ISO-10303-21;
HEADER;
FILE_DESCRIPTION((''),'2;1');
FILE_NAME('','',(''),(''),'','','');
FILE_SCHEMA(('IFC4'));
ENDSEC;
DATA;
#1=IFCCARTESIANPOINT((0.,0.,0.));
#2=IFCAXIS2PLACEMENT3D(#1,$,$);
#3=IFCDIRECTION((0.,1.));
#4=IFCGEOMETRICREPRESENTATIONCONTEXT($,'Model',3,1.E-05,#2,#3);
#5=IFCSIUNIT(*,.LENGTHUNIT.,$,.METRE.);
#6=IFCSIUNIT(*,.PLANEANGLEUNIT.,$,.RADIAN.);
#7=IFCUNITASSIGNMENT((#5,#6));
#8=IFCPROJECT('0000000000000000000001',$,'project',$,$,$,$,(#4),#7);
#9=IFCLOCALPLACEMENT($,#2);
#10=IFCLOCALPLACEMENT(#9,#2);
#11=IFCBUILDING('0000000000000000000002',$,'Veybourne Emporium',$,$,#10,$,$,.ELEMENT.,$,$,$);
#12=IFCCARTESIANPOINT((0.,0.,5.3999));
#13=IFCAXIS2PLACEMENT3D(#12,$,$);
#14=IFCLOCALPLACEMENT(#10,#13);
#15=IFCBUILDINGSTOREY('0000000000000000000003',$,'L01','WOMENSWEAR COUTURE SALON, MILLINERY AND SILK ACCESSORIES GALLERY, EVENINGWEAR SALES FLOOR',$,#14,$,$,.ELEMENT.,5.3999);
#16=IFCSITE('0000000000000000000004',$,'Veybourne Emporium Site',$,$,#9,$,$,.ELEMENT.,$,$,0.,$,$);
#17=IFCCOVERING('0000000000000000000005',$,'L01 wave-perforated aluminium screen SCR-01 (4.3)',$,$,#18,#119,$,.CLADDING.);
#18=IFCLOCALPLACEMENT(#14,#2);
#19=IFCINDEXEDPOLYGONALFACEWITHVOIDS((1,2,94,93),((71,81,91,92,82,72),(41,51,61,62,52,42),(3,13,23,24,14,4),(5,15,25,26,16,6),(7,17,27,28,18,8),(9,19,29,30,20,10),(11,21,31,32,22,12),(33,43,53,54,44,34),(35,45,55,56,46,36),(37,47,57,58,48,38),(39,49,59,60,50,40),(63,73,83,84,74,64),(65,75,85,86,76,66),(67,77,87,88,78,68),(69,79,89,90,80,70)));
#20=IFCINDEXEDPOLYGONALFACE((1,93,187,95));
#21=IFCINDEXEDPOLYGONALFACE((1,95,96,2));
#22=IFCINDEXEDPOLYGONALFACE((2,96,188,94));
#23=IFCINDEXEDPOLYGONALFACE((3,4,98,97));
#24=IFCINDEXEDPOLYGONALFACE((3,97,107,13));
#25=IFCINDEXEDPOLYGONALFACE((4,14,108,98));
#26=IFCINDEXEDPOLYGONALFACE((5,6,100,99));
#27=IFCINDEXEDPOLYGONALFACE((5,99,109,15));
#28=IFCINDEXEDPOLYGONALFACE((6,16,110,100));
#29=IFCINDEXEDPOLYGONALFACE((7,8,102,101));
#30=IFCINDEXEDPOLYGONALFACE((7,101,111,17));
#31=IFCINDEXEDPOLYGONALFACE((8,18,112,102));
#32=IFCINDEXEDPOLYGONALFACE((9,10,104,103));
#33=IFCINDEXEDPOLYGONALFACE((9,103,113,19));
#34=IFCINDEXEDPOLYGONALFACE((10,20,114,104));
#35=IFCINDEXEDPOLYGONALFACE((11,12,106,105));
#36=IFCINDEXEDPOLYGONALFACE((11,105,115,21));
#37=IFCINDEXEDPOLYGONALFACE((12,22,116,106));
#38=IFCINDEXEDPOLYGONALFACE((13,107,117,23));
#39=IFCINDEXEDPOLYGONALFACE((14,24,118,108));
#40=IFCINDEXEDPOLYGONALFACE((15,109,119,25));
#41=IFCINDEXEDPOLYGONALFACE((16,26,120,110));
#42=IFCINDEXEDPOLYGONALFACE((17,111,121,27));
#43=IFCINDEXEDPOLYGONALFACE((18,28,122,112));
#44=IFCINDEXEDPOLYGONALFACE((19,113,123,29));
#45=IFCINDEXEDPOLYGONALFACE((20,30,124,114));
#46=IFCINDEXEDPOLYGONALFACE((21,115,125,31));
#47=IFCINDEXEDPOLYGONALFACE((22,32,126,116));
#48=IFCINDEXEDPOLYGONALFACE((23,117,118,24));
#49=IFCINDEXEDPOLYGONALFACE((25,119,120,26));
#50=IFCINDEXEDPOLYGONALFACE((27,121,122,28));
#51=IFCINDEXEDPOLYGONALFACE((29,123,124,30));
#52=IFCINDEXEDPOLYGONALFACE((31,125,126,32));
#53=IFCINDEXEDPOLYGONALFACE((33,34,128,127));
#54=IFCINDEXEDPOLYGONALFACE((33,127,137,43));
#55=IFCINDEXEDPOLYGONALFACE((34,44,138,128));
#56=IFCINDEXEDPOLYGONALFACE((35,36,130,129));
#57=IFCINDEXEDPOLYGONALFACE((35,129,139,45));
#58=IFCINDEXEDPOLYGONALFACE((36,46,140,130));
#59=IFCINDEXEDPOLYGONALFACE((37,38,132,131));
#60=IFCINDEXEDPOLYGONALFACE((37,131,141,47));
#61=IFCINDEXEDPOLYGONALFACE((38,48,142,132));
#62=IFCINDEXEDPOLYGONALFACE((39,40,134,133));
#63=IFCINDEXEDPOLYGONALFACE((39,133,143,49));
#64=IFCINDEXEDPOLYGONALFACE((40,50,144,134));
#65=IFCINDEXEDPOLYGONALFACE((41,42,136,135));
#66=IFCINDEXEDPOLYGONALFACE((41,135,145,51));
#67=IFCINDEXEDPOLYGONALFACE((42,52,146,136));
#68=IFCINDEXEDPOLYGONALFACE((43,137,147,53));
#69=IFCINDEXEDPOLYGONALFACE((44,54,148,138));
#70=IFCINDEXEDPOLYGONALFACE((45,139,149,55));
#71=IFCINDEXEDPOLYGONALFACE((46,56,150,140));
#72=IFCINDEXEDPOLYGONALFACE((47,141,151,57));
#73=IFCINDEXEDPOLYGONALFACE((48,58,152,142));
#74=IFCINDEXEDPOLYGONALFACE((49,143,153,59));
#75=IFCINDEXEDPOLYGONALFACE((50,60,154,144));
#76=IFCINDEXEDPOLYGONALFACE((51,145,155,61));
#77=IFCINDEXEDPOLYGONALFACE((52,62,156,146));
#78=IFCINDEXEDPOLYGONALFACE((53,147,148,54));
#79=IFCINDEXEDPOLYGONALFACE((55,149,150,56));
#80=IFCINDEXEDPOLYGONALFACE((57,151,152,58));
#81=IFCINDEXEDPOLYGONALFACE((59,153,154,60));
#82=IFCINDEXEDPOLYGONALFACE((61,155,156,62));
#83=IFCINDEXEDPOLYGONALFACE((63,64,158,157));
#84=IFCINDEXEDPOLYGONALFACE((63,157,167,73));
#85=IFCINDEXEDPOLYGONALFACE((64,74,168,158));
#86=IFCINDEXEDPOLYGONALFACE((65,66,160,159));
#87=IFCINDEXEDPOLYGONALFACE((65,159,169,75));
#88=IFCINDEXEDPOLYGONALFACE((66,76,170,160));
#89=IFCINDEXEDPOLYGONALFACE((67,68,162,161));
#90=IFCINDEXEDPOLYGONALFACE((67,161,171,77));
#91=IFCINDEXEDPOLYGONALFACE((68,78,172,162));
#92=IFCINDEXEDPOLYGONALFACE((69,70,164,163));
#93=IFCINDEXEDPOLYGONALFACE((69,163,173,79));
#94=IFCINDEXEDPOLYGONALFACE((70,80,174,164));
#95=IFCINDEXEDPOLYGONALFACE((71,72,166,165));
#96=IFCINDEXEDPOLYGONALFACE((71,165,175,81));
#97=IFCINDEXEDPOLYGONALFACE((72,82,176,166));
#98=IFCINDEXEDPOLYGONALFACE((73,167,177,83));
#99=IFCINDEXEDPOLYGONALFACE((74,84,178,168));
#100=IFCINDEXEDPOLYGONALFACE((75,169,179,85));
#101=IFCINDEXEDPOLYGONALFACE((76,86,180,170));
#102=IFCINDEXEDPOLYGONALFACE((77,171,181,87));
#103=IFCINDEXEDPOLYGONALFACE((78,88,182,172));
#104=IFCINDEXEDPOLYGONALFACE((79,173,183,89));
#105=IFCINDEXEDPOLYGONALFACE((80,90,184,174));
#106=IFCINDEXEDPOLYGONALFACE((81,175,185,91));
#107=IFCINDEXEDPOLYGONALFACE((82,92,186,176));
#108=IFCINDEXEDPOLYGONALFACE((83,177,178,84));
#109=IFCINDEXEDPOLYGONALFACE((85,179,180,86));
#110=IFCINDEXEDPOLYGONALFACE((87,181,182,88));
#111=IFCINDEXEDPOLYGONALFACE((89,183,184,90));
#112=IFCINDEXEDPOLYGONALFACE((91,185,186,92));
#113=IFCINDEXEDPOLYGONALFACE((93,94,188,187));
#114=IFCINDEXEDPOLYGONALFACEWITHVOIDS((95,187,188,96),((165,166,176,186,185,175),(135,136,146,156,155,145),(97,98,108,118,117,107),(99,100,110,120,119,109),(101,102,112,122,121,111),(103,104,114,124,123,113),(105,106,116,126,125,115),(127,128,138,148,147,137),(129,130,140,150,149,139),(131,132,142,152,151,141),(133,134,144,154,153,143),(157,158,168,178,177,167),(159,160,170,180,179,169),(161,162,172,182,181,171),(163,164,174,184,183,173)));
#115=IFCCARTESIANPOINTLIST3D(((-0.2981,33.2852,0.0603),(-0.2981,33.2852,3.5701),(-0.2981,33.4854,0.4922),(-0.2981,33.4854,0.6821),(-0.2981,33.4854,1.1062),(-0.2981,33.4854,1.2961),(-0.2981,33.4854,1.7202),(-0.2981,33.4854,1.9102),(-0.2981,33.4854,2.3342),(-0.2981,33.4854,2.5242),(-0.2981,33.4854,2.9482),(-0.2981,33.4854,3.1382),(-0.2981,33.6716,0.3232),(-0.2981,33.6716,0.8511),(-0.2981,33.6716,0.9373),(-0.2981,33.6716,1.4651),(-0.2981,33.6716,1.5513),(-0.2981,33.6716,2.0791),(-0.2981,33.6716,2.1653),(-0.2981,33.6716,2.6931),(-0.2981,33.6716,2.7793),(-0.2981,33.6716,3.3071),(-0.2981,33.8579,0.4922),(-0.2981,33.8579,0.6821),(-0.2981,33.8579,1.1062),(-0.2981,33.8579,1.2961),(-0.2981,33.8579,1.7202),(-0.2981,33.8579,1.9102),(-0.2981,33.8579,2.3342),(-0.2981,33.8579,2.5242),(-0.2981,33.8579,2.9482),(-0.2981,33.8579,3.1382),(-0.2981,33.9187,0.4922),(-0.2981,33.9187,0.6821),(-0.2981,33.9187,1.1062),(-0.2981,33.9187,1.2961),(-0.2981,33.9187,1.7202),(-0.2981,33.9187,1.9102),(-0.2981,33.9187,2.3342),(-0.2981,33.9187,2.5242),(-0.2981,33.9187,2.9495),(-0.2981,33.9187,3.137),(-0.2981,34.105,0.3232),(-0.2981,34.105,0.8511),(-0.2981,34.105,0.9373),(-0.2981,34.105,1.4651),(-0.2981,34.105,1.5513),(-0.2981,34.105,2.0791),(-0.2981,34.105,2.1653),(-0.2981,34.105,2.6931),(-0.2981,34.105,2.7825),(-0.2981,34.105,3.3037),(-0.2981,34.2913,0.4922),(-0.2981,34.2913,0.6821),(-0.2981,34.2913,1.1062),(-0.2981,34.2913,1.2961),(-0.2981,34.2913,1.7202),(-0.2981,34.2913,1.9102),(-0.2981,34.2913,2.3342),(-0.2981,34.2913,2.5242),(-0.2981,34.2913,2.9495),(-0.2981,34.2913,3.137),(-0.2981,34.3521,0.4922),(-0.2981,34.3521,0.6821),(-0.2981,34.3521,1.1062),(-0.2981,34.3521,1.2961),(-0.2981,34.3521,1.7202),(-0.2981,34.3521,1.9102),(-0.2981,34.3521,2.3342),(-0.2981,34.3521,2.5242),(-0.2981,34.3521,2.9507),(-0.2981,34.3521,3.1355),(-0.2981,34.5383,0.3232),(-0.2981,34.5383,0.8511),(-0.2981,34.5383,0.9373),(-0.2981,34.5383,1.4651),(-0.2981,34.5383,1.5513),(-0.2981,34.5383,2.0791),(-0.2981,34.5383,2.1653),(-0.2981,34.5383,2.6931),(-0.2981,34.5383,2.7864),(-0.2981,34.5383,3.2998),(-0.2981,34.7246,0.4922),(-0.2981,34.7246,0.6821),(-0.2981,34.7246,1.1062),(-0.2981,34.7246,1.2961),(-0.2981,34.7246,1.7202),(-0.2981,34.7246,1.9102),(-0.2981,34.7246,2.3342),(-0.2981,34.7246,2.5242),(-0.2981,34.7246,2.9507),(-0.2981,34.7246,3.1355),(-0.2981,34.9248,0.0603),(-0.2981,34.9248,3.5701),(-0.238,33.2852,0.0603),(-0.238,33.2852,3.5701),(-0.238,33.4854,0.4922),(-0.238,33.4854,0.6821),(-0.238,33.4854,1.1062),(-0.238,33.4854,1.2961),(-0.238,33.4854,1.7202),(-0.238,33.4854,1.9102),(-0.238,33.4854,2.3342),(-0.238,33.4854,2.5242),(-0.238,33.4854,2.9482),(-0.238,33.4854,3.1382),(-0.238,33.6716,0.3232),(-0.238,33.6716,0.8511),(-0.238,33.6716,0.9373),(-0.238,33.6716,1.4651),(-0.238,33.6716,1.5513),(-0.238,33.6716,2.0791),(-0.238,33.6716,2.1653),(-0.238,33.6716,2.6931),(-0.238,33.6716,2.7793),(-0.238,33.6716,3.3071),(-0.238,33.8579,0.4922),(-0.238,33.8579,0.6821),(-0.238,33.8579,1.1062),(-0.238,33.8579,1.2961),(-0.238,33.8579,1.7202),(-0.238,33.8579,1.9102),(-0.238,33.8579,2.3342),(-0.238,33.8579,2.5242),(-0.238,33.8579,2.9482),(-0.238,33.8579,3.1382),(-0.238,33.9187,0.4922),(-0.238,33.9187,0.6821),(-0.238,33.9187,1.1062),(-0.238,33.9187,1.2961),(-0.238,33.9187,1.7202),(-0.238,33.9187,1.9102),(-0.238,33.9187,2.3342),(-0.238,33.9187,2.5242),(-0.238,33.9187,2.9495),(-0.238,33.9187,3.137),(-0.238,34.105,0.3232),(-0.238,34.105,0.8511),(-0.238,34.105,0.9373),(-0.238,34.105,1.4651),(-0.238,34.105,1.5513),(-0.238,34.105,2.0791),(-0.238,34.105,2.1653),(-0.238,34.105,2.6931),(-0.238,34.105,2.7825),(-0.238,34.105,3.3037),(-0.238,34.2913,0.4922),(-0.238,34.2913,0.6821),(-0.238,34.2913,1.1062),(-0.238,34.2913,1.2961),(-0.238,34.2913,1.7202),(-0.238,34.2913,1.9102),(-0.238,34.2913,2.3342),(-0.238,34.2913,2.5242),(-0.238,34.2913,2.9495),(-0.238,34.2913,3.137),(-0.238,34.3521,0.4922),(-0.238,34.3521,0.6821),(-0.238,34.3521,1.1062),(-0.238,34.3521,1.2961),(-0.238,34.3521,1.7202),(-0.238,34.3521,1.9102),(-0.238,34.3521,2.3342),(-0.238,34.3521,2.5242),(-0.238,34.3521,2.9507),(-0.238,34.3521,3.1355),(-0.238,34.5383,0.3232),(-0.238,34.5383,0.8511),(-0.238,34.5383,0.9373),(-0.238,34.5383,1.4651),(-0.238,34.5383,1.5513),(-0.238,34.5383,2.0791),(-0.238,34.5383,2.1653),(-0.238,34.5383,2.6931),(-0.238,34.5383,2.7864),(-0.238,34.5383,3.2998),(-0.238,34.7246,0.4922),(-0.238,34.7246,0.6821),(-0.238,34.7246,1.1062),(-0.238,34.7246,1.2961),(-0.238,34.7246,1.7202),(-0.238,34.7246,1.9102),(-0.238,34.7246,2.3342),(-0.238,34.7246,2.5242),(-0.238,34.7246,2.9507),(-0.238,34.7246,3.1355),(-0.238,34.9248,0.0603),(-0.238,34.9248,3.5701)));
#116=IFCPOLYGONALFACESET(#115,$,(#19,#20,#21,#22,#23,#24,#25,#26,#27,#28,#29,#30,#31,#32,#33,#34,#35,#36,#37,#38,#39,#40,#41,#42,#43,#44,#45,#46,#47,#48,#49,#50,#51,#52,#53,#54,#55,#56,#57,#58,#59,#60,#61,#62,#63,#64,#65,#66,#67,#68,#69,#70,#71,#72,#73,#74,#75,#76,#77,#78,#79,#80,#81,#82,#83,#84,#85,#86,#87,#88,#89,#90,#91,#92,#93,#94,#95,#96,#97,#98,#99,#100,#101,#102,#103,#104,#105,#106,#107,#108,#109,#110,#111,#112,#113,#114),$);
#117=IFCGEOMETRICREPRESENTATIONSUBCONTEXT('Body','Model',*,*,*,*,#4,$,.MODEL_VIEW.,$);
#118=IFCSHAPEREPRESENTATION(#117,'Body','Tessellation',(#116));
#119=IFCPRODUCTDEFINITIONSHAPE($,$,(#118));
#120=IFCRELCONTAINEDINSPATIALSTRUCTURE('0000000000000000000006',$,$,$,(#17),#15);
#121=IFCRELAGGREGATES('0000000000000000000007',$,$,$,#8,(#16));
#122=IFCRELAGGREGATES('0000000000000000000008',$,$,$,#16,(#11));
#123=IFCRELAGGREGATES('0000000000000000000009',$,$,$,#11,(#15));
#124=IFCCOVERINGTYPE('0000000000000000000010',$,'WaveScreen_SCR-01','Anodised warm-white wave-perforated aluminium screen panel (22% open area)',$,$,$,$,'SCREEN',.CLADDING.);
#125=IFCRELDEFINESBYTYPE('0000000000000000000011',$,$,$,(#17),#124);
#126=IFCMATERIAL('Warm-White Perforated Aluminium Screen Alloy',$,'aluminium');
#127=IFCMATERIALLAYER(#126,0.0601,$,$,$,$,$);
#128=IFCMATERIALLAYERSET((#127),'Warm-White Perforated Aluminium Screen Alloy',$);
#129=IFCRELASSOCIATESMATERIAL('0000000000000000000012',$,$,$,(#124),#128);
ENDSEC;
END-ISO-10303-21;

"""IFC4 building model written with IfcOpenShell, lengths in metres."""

from ifc_helpers import new_model, si_unit, direction, frame, origin, place, context, subcontext, project, spatial, polyline, outline, extrude, material, layer, layer_set, type_object, element, save


model = new_model("IFC4")

# Units and contexts
model_context = context("Model", 3, precision=1e-05, world=origin(), true_north=direction((0.0, 1.0)))
body_context = subcontext(model_context, "Body", "Model", "MODEL_VIEW")
ifc_project = project(units=[si_unit("LENGTHUNIT", "METRE"), si_unit("PLANEANGLEUNIT", "RADIAN")], contexts=[model_context])

# Site, building, storey
site_placement = place(None, origin())
site = spatial("IfcSite", under=ifc_project, at=site_placement, Name="Veybourne Emporium Site", CompositionType="ELEMENT", RefElevation=0.0)
building_placement = place(site_placement, origin())
building = spatial("IfcBuilding", under=site, at=building_placement, Name="Veybourne Emporium", CompositionType="ELEMENT")
storey_placement = place(building_placement, frame((0.0, 0.0, 5.3999)))
storey = spatial("IfcBuildingStorey", under=building, at=storey_placement, Name="L01", Description="WOMENSWEAR COUTURE SALON, MILLINERY AND SILK ACCESSORIES GALLERY, EVENINGWEAR SALES FLOOR", CompositionType="ELEMENT", Elevation=5.3999)

# Covering
ifc_material_1 = material(Name="Warm-White Perforated Aluminium Screen Alloy", Category="aluminium")
ifc_layer_1 = layer(ifc_material_1, 0.0601)
ifc_layer_set_1 = layer_set([ifc_layer_1], Name="Warm-White Perforated Aluminium Screen Alloy")
covering_type_1 = type_object("IfcCoveringType", Name="WaveScreen_SCR-01", Description="Anodised warm-white wave-perforated aluminium screen panel (22% open area)", ElementType="SCREEN", PredefinedType="CLADDING", material=ifc_layer_set_1)
covering_1_placement = place(storey_placement, frame((-0.2981, 34.105, 1.8152), z_axis=(1.0, 0.0, 0.0), x_axis=(0.0, 1.0, 0.0)))
element("IfcCovering", 1, at=covering_1_placement, inside=storey, type_object=covering_type_1, Name="L01 wave-perforated aluminium screen SCR-01 (4.3)", PredefinedType="CLADDING", context=body_context, shape_type="SweptSolid", body=[
    extrude(outline(polyline([(-0.8198, -1.7549), (0.8198, -1.7549), (0.8198, 1.7549), (-0.8198, 1.7549), (-0.8198, -1.7549)]), holes=[polyline([(-0.4333, -0.9641), (-0.2471, -1.1331), (-0.2471, -1.323), (-0.4333, -1.4919), (-0.6196, -1.323), (-0.6196, -1.1331), (-0.4333, -0.9641)]), polyline([(-0.4333, -0.3501), (-0.2471, -0.519), (-0.2471, -0.709), (-0.4333, -0.8779), (-0.6196, -0.709), (-0.6196, -0.519), (-0.4333, -0.3501)]), polyline([(-0.4333, 0.2639), (-0.2471, 0.095), (-0.2471, -0.095), (-0.4333, -0.2639), (-0.6196, -0.095), (-0.6196, 0.095), (-0.4333, 0.2639)]), polyline([(-0.4333, 0.8779), (-0.2471, 0.709), (-0.2471, 0.519), (-0.4333, 0.3501), (-0.6196, 0.519), (-0.6196, 0.709), (-0.4333, 0.8779)]), polyline([(-0.4333, 1.4919), (-0.2471, 1.323), (-0.2471, 1.1331), (-0.4333, 0.9641), (-0.6196, 1.1331), (-0.6196, 1.323), (-0.4333, 1.4919)]), polyline([(0.0, -0.9641), (0.1863, -1.1331), (0.1863, -1.323), (0.0, -1.4919), (-0.1863, -1.323), (-0.1863, -1.1331), (0.0, -0.9641)]), polyline([(0.0, -0.3501), (0.1863, -0.519), (0.1863, -0.709), (0.0, -0.8779), (-0.1863, -0.709), (-0.1863, -0.519), (0.0, -0.3501)]), polyline([(0.0, 0.2639), (0.1863, 0.095), (0.1863, -0.095), (0.0, -0.2639), (-0.1863, -0.095), (-0.1863, 0.095), (0.0, 0.2639)]), polyline([(0.0, 0.8779), (0.1863, 0.709), (0.1863, 0.519), (0.0, 0.3501), (-0.1863, 0.519), (-0.1863, 0.709), (0.0, 0.8779)]), polyline([(0.0, 1.4885), (0.1863, 1.3218), (0.1863, 1.1343), (0.0, 0.9673), (-0.1863, 1.1343), (-0.1863, 1.3218), (0.0, 1.4885)]), polyline([(0.4333, -0.9641), (0.6196, -1.1331), (0.6196, -1.323), (0.4333, -1.4919), (0.2471, -1.323), (0.2471, -1.1331), (0.4333, -0.9641)]), polyline([(0.4333, -0.3501), (0.6196, -0.519), (0.6196, -0.709), (0.4333, -0.8779), (0.2471, -0.709), (0.2471, -0.519), (0.4333, -0.3501)]), polyline([(0.4333, 0.2639), (0.6196, 0.095), (0.6196, -0.095), (0.4333, -0.2639), (0.2471, -0.095), (0.2471, 0.095), (0.4333, 0.2639)]), polyline([(0.4333, 0.8779), (0.6196, 0.709), (0.6196, 0.519), (0.4333, 0.3501), (0.2471, 0.519), (0.2471, 0.709), (0.4333, 0.8779)]), polyline([(0.4333, 1.4846), (0.6196, 1.3203), (0.6196, 1.1355), (0.4333, 0.9712), (0.2471, 1.1355), (0.2471, 1.3203), (0.4333, 1.4846)])]), origin(), (0.0, 0.0, 1.0), 0.0601),
])

save(model, "model.ifc")
